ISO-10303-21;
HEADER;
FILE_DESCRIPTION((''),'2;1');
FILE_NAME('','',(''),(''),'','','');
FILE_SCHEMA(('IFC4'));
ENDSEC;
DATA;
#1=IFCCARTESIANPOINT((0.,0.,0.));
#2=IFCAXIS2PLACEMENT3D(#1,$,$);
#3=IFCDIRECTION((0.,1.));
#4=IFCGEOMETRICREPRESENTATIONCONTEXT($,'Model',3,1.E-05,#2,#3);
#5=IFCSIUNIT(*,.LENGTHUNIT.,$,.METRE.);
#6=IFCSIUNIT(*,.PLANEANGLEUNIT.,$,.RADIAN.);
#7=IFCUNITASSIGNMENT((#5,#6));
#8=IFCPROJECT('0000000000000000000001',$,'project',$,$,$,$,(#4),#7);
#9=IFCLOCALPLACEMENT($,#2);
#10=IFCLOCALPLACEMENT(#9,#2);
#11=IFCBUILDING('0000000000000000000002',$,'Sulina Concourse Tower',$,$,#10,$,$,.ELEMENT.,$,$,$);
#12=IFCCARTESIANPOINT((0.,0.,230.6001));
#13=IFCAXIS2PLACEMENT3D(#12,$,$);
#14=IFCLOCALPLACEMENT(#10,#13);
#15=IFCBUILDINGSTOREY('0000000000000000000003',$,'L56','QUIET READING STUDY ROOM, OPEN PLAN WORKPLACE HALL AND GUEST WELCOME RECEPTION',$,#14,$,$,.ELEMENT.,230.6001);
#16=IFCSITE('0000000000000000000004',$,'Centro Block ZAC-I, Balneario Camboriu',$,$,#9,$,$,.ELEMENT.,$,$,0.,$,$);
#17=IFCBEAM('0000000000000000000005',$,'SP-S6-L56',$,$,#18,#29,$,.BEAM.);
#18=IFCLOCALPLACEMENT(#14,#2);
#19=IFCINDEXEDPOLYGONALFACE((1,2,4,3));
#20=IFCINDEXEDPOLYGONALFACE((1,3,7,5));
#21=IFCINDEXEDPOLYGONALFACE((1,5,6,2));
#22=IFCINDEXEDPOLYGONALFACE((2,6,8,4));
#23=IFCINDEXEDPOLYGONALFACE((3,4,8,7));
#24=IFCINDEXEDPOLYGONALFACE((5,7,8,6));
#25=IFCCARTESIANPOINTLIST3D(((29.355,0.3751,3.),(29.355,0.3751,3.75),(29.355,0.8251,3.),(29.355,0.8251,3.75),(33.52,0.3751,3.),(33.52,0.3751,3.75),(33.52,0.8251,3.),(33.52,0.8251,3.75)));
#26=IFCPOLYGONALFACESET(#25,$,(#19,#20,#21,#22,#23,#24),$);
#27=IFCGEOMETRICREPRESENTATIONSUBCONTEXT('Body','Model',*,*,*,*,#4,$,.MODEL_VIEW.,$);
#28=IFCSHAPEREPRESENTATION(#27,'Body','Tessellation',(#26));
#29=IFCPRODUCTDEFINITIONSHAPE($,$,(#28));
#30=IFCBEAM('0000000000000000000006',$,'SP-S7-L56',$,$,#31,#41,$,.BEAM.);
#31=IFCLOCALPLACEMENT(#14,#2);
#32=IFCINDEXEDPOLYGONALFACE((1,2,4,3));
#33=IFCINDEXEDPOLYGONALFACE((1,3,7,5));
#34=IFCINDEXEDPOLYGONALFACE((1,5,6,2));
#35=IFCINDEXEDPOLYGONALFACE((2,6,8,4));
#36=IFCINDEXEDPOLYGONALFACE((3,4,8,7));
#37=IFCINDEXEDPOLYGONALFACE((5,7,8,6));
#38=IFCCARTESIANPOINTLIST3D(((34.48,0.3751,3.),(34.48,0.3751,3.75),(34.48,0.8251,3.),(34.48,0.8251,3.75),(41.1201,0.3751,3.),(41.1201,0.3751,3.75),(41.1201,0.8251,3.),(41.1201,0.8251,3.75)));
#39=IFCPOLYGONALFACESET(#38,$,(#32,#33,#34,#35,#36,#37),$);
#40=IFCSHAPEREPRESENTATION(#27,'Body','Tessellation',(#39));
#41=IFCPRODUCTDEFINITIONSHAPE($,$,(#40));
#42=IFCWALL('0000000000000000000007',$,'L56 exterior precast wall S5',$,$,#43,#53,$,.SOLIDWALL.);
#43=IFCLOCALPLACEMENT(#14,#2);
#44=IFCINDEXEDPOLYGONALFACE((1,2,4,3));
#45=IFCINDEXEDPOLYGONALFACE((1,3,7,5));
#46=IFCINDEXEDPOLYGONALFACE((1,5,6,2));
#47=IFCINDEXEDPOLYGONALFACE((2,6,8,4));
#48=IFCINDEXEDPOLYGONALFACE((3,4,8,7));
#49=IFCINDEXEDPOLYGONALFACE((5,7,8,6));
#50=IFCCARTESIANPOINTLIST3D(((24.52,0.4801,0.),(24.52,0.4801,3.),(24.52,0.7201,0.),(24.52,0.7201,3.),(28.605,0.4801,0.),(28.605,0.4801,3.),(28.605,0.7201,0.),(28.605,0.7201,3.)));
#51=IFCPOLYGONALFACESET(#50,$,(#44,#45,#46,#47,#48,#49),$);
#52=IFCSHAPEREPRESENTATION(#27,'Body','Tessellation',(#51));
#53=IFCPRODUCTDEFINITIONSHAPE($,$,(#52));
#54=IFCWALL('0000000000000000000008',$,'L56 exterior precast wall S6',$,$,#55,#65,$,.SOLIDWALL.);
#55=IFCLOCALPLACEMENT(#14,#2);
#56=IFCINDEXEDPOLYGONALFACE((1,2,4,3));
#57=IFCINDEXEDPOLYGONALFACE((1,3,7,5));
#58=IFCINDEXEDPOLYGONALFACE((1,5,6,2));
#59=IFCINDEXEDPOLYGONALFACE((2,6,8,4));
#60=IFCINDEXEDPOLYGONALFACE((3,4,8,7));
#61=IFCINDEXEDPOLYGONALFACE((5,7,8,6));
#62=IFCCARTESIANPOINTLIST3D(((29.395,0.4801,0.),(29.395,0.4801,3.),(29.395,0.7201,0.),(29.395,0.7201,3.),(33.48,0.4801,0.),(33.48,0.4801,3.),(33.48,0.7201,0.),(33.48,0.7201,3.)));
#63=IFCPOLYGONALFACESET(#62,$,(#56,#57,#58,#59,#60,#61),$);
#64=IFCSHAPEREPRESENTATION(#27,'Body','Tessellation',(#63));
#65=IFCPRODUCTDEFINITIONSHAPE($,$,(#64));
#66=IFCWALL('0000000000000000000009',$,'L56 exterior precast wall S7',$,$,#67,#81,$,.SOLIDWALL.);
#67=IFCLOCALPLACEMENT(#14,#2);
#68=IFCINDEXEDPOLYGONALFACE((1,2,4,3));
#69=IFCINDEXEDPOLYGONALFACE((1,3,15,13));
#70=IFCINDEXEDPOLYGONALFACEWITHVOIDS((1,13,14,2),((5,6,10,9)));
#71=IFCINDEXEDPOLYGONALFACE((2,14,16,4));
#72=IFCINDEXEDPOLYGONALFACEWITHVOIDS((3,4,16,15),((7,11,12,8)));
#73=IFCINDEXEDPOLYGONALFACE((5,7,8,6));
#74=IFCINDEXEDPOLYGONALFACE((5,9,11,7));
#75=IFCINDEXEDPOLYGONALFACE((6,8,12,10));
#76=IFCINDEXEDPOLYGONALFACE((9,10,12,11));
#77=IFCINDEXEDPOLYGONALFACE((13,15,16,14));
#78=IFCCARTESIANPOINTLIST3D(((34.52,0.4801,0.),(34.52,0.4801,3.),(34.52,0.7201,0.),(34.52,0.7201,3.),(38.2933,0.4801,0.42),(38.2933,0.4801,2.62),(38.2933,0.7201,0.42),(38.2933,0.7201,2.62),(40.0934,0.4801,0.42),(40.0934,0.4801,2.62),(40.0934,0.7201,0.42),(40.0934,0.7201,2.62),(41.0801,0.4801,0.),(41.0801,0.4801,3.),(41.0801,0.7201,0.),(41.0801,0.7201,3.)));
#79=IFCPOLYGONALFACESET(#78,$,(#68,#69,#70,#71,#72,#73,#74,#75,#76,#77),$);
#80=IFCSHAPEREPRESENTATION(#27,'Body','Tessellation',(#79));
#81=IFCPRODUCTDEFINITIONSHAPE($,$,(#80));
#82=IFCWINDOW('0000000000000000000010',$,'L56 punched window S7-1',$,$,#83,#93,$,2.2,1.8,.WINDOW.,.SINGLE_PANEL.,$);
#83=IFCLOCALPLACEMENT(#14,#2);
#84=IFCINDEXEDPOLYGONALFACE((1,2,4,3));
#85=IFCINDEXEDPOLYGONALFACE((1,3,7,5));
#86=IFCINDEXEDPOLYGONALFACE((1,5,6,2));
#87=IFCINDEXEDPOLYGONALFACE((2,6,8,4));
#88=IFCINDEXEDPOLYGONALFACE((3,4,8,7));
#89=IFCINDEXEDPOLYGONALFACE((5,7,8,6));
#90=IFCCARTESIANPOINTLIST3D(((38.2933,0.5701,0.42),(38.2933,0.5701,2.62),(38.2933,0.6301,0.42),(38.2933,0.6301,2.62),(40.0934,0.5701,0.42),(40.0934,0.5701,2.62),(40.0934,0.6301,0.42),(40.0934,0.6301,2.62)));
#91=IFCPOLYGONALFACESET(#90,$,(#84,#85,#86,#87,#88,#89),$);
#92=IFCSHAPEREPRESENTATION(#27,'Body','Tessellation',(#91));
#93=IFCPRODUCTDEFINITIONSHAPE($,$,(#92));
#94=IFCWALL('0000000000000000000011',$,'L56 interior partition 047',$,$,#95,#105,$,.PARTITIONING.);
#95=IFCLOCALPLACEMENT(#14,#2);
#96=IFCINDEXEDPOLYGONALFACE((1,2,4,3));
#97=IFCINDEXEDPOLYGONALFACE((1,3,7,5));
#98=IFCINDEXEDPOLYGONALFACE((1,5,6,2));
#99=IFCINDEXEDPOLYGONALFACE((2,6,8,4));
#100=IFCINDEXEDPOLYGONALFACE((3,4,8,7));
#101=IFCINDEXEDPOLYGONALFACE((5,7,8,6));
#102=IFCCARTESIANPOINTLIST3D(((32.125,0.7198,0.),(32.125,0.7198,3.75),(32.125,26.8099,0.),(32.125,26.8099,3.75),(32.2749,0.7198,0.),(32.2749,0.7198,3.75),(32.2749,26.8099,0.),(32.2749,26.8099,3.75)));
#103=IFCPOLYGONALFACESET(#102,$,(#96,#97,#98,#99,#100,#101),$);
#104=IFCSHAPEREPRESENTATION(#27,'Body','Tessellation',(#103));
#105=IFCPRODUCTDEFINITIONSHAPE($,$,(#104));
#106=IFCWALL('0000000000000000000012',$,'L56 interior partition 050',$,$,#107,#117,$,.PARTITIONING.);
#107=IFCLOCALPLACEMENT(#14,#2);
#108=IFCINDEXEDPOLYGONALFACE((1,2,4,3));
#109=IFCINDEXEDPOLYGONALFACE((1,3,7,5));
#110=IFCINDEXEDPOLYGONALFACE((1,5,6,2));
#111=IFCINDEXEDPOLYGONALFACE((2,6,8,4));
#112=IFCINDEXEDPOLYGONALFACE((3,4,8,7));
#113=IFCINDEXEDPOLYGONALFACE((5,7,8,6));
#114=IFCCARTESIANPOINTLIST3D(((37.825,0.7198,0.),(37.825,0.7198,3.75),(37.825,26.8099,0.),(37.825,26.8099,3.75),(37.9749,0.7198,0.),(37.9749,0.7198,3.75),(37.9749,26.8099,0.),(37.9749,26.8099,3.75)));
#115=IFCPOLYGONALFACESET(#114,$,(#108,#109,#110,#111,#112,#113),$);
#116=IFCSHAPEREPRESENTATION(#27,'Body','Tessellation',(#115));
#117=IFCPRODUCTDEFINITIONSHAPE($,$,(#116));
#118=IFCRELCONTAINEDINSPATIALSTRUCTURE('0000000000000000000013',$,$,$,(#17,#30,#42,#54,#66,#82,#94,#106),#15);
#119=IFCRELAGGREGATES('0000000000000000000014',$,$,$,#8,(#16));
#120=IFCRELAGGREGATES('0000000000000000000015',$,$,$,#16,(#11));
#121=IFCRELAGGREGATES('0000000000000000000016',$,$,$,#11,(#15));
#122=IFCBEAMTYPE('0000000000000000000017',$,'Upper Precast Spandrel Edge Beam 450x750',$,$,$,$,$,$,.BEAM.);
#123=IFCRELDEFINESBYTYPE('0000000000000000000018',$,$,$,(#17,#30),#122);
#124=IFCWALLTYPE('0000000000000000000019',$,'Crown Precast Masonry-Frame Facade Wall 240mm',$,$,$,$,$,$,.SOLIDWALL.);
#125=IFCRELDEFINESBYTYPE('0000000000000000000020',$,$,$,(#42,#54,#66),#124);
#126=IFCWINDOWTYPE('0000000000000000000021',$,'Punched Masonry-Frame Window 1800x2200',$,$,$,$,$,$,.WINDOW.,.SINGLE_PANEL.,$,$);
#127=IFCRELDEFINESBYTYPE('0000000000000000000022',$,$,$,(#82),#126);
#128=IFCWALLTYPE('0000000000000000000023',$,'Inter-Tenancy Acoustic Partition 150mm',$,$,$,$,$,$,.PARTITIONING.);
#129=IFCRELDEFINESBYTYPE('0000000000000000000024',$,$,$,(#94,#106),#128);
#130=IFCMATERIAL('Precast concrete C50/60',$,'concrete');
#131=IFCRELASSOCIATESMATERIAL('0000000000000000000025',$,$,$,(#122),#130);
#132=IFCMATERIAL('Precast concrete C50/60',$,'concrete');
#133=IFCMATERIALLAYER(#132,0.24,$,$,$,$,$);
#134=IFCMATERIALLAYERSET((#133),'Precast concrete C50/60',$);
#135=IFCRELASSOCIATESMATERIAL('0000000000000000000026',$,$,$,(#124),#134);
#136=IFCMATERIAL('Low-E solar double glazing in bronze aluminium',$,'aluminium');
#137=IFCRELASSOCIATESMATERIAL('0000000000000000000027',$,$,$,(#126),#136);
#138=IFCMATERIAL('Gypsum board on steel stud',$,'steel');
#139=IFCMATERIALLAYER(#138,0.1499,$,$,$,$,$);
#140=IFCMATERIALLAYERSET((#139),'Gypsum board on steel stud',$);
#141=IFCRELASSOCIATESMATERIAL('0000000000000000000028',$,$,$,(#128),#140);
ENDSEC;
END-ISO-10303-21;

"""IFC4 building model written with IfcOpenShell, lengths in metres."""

from ifc_helpers import new_model, si_unit, direction, frame, frame_2d, origin, origin_2d, place, context, subcontext, project, spatial, rectangle, extrude, material, layer, layer_set, material_profile, profile_set, type_object, element, fill, save


model = new_model("IFC4")

# Units and contexts
model_context = context("Model", 3, precision=1e-05, world=origin(), true_north=direction((0.0, 1.0)))
body_context = subcontext(model_context, "Body", "Model", "MODEL_VIEW")
ifc_project = project(units=[si_unit("LENGTHUNIT", "METRE"), si_unit("PLANEANGLEUNIT", "RADIAN")], contexts=[model_context])

# Site, building, storey
site_placement = place(None, origin())
site = spatial("IfcSite", under=ifc_project, at=site_placement, Name="Centro Block ZAC-I, Balneario Camboriu", CompositionType="ELEMENT", RefElevation=0.0)
building_placement = place(site_placement, origin())
building = spatial("IfcBuilding", under=site, at=building_placement, Name="Sulina Concourse Tower", CompositionType="ELEMENT")
storey_placement = place(building_placement, frame((0.0, 0.0, 230.6001)))
storey = spatial("IfcBuildingStorey", under=building, at=storey_placement, Name="L56", Description="QUIET READING STUDY ROOM, OPEN PLAN WORKPLACE HALL AND GUEST WELCOME RECEPTION", CompositionType="ELEMENT", Elevation=230.6001)

# Beams
ifc_material_1 = material(Name="Precast concrete C50/60", Category="concrete")
ifc_material_profile_1 = material_profile(ifc_material_1, rectangle(XDim=0.45, YDim=0.75, at=origin_2d()), Name="RC 450x750")
ifc_profile_set_1 = profile_set([ifc_material_profile_1], Name="Precast concrete C50/60")
beam_type_1 = type_object("IfcBeamType", Name="Upper Precast Spandrel Edge Beam 450x750", PredefinedType="BEAM", material=ifc_profile_set_1)
for number, where, z_axis, x_axis, name in (
    (1, (29.355, 0.6001, 3.375), (1.0, 0.0, 0.0), (0.0, 1.0, 0.0), "SP-S6-L56"),
):
    element("IfcBeam", number, at=place(storey_placement, frame(where, z_axis=z_axis, x_axis=x_axis)), inside=storey, type_object=beam_type_1, Name=name, PredefinedType="BEAM", context=body_context, shape_type="SweptSolid", body=[
        extrude(rectangle(XDim=0.45, YDim=0.75, at=origin_2d()), origin(), (0.0, 0.0, 1.0), 4.165),
    ])
beam_1_placement = place(storey_placement, frame((34.48, 0.6001, 3.375), z_axis=(1.0, 0.0, 0.0), x_axis=(0.0, 1.0, 0.0)))
element("IfcBeam", 2, at=beam_1_placement, inside=storey, type_object=beam_type_1, Name="SP-S7-L56", PredefinedType="BEAM", context=body_context, shape_type="SweptSolid", body=[
    extrude(rectangle(XDim=0.45, YDim=0.75, at=origin_2d()), origin(), (0.0, 0.0, 1.0), 6.6401),
])

# Walls
ifc_material_2 = material(Name="Precast concrete C50/60", Category="concrete")
ifc_layer_1 = layer(ifc_material_2, 0.24)
ifc_layer_set_1 = layer_set([ifc_layer_1], Name="Precast concrete C50/60")
wall_type_1 = type_object("IfcWallType", Name="Crown Precast Masonry-Frame Facade Wall 240mm", PredefinedType="SOLIDWALL", material=ifc_layer_set_1)
for number, where, z_axis, x_axis, name in (
    (3, (28.605, 0.6001, 0.0), (0.0, 0.0, 1.0), (-1.0, 0.0, 0.0), "L56 exterior precast wall S5"),
    (4, (33.48, 0.6001, 0.0), (0.0, 0.0, 1.0), (-1.0, 0.0, 0.0), "L56 exterior precast wall S6"),
):
    element("IfcWall", number, at=place(storey_placement, frame(where, z_axis=z_axis, x_axis=x_axis)), inside=storey, type_object=wall_type_1, Name=name, PredefinedType="SOLIDWALL", context=body_context, shape_type="SweptSolid", body=[
        extrude(rectangle(XDim=4.085, YDim=0.24, at=frame_2d((2.0425, 0.0))), origin(), (0.0, 0.0, 1.0), 3.0),
    ])

# Wall, opening, window
wall_placement = place(storey_placement, frame((41.0801, 0.6001, 0.0), z_axis=(0.0, 0.0, 1.0), x_axis=(-1.0, 0.0, 0.0)))
wall = element("IfcWall", 5, at=wall_placement, inside=storey, type_object=wall_type_1, Name="L56 exterior precast wall S7", PredefinedType="SOLIDWALL", context=body_context, shape_type="SweptSolid", body=[
    extrude(rectangle(XDim=6.5601, YDim=0.24, at=frame_2d((3.28, 0.0))), origin(), (0.0, 0.0, 1.0), 3.0),
])
opening_placement = place(wall_placement, frame((0.9868, 0.0, 0.4199)))
opening = element("IfcOpeningElement", 6, at=opening_placement, cuts=wall, PredefinedType="OPENING", context=body_context, shape_type="SweptSolid", body=[
    extrude(rectangle(XDim=1.8, YDim=2.2, at=frame_2d((0.8999, 1.1001))), frame((0.0, 0.1299, 0.0), z_axis=(0.0, -1.0, 0.0), x_axis=(1.0, 0.0, 0.0)), (0.0, 0.0, 1.0), 0.26),
])
ifc_material_3 = material(Name="Low-E solar double glazing in bronze aluminium", Category="aluminium")
window_type = type_object("IfcWindowType", Name="Punched Masonry-Frame Window 1800x2200", PartitioningType="SINGLE_PANEL", PredefinedType="WINDOW", material=ifc_material_3)
window_placement = place(opening_placement, origin())
window = element("IfcWindow", 7, at=window_placement, inside=storey, type_object=window_type, Name="L56 punched window S7-1", OverallHeight=2.2, OverallWidth=1.8, PartitioningType="SINGLE_PANEL", PredefinedType="WINDOW", context=body_context, shape_type="SweptSolid", body=[
    extrude(rectangle(XDim=1.8, YDim=2.2, at=frame_2d((0.8999, 1.1001))), frame((0.0, 0.03, 0.0), z_axis=(0.0, -1.0, 0.0), x_axis=(1.0, 0.0, 0.0)), (0.0, 0.0, 1.0), 0.0601),
])
fill(opening, window)

# Walls
ifc_material_4 = material(Name="Gypsum board on steel stud", Category="steel")
ifc_layer_2 = layer(ifc_material_4, 0.1499)
ifc_layer_set_2 = layer_set([ifc_layer_2], Name="Gypsum board on steel stud")
wall_type_2 = type_object("IfcWallType", Name="Inter-Tenancy Acoustic Partition 150mm", PredefinedType="PARTITIONING", material=ifc_layer_set_2)
for number, where, z_axis, x_axis, name in (
    (8, (32.2, 0.72, 0.0), (0.0, 0.0, 1.0), (0.0, 1.0, 0.0), "L56 interior partition 047"),
    (9, (37.8999, 0.72, 0.0), (0.0, 0.0, 1.0), (0.0, 1.0, 0.0), "L56 interior partition 050"),
):
    element("IfcWall", number, at=place(storey_placement, frame(where, z_axis=z_axis, x_axis=x_axis)), inside=storey, type_object=wall_type_2, Name=name, PredefinedType="PARTITIONING", context=body_context, shape_type="SweptSolid", body=[
        extrude(rectangle(XDim=26.0901, YDim=0.1499, at=frame_2d((13.0449, 0.0))), origin(), (0.0, 0.0, 1.0), 3.75),
    ])

save(model, "model.ifc")
